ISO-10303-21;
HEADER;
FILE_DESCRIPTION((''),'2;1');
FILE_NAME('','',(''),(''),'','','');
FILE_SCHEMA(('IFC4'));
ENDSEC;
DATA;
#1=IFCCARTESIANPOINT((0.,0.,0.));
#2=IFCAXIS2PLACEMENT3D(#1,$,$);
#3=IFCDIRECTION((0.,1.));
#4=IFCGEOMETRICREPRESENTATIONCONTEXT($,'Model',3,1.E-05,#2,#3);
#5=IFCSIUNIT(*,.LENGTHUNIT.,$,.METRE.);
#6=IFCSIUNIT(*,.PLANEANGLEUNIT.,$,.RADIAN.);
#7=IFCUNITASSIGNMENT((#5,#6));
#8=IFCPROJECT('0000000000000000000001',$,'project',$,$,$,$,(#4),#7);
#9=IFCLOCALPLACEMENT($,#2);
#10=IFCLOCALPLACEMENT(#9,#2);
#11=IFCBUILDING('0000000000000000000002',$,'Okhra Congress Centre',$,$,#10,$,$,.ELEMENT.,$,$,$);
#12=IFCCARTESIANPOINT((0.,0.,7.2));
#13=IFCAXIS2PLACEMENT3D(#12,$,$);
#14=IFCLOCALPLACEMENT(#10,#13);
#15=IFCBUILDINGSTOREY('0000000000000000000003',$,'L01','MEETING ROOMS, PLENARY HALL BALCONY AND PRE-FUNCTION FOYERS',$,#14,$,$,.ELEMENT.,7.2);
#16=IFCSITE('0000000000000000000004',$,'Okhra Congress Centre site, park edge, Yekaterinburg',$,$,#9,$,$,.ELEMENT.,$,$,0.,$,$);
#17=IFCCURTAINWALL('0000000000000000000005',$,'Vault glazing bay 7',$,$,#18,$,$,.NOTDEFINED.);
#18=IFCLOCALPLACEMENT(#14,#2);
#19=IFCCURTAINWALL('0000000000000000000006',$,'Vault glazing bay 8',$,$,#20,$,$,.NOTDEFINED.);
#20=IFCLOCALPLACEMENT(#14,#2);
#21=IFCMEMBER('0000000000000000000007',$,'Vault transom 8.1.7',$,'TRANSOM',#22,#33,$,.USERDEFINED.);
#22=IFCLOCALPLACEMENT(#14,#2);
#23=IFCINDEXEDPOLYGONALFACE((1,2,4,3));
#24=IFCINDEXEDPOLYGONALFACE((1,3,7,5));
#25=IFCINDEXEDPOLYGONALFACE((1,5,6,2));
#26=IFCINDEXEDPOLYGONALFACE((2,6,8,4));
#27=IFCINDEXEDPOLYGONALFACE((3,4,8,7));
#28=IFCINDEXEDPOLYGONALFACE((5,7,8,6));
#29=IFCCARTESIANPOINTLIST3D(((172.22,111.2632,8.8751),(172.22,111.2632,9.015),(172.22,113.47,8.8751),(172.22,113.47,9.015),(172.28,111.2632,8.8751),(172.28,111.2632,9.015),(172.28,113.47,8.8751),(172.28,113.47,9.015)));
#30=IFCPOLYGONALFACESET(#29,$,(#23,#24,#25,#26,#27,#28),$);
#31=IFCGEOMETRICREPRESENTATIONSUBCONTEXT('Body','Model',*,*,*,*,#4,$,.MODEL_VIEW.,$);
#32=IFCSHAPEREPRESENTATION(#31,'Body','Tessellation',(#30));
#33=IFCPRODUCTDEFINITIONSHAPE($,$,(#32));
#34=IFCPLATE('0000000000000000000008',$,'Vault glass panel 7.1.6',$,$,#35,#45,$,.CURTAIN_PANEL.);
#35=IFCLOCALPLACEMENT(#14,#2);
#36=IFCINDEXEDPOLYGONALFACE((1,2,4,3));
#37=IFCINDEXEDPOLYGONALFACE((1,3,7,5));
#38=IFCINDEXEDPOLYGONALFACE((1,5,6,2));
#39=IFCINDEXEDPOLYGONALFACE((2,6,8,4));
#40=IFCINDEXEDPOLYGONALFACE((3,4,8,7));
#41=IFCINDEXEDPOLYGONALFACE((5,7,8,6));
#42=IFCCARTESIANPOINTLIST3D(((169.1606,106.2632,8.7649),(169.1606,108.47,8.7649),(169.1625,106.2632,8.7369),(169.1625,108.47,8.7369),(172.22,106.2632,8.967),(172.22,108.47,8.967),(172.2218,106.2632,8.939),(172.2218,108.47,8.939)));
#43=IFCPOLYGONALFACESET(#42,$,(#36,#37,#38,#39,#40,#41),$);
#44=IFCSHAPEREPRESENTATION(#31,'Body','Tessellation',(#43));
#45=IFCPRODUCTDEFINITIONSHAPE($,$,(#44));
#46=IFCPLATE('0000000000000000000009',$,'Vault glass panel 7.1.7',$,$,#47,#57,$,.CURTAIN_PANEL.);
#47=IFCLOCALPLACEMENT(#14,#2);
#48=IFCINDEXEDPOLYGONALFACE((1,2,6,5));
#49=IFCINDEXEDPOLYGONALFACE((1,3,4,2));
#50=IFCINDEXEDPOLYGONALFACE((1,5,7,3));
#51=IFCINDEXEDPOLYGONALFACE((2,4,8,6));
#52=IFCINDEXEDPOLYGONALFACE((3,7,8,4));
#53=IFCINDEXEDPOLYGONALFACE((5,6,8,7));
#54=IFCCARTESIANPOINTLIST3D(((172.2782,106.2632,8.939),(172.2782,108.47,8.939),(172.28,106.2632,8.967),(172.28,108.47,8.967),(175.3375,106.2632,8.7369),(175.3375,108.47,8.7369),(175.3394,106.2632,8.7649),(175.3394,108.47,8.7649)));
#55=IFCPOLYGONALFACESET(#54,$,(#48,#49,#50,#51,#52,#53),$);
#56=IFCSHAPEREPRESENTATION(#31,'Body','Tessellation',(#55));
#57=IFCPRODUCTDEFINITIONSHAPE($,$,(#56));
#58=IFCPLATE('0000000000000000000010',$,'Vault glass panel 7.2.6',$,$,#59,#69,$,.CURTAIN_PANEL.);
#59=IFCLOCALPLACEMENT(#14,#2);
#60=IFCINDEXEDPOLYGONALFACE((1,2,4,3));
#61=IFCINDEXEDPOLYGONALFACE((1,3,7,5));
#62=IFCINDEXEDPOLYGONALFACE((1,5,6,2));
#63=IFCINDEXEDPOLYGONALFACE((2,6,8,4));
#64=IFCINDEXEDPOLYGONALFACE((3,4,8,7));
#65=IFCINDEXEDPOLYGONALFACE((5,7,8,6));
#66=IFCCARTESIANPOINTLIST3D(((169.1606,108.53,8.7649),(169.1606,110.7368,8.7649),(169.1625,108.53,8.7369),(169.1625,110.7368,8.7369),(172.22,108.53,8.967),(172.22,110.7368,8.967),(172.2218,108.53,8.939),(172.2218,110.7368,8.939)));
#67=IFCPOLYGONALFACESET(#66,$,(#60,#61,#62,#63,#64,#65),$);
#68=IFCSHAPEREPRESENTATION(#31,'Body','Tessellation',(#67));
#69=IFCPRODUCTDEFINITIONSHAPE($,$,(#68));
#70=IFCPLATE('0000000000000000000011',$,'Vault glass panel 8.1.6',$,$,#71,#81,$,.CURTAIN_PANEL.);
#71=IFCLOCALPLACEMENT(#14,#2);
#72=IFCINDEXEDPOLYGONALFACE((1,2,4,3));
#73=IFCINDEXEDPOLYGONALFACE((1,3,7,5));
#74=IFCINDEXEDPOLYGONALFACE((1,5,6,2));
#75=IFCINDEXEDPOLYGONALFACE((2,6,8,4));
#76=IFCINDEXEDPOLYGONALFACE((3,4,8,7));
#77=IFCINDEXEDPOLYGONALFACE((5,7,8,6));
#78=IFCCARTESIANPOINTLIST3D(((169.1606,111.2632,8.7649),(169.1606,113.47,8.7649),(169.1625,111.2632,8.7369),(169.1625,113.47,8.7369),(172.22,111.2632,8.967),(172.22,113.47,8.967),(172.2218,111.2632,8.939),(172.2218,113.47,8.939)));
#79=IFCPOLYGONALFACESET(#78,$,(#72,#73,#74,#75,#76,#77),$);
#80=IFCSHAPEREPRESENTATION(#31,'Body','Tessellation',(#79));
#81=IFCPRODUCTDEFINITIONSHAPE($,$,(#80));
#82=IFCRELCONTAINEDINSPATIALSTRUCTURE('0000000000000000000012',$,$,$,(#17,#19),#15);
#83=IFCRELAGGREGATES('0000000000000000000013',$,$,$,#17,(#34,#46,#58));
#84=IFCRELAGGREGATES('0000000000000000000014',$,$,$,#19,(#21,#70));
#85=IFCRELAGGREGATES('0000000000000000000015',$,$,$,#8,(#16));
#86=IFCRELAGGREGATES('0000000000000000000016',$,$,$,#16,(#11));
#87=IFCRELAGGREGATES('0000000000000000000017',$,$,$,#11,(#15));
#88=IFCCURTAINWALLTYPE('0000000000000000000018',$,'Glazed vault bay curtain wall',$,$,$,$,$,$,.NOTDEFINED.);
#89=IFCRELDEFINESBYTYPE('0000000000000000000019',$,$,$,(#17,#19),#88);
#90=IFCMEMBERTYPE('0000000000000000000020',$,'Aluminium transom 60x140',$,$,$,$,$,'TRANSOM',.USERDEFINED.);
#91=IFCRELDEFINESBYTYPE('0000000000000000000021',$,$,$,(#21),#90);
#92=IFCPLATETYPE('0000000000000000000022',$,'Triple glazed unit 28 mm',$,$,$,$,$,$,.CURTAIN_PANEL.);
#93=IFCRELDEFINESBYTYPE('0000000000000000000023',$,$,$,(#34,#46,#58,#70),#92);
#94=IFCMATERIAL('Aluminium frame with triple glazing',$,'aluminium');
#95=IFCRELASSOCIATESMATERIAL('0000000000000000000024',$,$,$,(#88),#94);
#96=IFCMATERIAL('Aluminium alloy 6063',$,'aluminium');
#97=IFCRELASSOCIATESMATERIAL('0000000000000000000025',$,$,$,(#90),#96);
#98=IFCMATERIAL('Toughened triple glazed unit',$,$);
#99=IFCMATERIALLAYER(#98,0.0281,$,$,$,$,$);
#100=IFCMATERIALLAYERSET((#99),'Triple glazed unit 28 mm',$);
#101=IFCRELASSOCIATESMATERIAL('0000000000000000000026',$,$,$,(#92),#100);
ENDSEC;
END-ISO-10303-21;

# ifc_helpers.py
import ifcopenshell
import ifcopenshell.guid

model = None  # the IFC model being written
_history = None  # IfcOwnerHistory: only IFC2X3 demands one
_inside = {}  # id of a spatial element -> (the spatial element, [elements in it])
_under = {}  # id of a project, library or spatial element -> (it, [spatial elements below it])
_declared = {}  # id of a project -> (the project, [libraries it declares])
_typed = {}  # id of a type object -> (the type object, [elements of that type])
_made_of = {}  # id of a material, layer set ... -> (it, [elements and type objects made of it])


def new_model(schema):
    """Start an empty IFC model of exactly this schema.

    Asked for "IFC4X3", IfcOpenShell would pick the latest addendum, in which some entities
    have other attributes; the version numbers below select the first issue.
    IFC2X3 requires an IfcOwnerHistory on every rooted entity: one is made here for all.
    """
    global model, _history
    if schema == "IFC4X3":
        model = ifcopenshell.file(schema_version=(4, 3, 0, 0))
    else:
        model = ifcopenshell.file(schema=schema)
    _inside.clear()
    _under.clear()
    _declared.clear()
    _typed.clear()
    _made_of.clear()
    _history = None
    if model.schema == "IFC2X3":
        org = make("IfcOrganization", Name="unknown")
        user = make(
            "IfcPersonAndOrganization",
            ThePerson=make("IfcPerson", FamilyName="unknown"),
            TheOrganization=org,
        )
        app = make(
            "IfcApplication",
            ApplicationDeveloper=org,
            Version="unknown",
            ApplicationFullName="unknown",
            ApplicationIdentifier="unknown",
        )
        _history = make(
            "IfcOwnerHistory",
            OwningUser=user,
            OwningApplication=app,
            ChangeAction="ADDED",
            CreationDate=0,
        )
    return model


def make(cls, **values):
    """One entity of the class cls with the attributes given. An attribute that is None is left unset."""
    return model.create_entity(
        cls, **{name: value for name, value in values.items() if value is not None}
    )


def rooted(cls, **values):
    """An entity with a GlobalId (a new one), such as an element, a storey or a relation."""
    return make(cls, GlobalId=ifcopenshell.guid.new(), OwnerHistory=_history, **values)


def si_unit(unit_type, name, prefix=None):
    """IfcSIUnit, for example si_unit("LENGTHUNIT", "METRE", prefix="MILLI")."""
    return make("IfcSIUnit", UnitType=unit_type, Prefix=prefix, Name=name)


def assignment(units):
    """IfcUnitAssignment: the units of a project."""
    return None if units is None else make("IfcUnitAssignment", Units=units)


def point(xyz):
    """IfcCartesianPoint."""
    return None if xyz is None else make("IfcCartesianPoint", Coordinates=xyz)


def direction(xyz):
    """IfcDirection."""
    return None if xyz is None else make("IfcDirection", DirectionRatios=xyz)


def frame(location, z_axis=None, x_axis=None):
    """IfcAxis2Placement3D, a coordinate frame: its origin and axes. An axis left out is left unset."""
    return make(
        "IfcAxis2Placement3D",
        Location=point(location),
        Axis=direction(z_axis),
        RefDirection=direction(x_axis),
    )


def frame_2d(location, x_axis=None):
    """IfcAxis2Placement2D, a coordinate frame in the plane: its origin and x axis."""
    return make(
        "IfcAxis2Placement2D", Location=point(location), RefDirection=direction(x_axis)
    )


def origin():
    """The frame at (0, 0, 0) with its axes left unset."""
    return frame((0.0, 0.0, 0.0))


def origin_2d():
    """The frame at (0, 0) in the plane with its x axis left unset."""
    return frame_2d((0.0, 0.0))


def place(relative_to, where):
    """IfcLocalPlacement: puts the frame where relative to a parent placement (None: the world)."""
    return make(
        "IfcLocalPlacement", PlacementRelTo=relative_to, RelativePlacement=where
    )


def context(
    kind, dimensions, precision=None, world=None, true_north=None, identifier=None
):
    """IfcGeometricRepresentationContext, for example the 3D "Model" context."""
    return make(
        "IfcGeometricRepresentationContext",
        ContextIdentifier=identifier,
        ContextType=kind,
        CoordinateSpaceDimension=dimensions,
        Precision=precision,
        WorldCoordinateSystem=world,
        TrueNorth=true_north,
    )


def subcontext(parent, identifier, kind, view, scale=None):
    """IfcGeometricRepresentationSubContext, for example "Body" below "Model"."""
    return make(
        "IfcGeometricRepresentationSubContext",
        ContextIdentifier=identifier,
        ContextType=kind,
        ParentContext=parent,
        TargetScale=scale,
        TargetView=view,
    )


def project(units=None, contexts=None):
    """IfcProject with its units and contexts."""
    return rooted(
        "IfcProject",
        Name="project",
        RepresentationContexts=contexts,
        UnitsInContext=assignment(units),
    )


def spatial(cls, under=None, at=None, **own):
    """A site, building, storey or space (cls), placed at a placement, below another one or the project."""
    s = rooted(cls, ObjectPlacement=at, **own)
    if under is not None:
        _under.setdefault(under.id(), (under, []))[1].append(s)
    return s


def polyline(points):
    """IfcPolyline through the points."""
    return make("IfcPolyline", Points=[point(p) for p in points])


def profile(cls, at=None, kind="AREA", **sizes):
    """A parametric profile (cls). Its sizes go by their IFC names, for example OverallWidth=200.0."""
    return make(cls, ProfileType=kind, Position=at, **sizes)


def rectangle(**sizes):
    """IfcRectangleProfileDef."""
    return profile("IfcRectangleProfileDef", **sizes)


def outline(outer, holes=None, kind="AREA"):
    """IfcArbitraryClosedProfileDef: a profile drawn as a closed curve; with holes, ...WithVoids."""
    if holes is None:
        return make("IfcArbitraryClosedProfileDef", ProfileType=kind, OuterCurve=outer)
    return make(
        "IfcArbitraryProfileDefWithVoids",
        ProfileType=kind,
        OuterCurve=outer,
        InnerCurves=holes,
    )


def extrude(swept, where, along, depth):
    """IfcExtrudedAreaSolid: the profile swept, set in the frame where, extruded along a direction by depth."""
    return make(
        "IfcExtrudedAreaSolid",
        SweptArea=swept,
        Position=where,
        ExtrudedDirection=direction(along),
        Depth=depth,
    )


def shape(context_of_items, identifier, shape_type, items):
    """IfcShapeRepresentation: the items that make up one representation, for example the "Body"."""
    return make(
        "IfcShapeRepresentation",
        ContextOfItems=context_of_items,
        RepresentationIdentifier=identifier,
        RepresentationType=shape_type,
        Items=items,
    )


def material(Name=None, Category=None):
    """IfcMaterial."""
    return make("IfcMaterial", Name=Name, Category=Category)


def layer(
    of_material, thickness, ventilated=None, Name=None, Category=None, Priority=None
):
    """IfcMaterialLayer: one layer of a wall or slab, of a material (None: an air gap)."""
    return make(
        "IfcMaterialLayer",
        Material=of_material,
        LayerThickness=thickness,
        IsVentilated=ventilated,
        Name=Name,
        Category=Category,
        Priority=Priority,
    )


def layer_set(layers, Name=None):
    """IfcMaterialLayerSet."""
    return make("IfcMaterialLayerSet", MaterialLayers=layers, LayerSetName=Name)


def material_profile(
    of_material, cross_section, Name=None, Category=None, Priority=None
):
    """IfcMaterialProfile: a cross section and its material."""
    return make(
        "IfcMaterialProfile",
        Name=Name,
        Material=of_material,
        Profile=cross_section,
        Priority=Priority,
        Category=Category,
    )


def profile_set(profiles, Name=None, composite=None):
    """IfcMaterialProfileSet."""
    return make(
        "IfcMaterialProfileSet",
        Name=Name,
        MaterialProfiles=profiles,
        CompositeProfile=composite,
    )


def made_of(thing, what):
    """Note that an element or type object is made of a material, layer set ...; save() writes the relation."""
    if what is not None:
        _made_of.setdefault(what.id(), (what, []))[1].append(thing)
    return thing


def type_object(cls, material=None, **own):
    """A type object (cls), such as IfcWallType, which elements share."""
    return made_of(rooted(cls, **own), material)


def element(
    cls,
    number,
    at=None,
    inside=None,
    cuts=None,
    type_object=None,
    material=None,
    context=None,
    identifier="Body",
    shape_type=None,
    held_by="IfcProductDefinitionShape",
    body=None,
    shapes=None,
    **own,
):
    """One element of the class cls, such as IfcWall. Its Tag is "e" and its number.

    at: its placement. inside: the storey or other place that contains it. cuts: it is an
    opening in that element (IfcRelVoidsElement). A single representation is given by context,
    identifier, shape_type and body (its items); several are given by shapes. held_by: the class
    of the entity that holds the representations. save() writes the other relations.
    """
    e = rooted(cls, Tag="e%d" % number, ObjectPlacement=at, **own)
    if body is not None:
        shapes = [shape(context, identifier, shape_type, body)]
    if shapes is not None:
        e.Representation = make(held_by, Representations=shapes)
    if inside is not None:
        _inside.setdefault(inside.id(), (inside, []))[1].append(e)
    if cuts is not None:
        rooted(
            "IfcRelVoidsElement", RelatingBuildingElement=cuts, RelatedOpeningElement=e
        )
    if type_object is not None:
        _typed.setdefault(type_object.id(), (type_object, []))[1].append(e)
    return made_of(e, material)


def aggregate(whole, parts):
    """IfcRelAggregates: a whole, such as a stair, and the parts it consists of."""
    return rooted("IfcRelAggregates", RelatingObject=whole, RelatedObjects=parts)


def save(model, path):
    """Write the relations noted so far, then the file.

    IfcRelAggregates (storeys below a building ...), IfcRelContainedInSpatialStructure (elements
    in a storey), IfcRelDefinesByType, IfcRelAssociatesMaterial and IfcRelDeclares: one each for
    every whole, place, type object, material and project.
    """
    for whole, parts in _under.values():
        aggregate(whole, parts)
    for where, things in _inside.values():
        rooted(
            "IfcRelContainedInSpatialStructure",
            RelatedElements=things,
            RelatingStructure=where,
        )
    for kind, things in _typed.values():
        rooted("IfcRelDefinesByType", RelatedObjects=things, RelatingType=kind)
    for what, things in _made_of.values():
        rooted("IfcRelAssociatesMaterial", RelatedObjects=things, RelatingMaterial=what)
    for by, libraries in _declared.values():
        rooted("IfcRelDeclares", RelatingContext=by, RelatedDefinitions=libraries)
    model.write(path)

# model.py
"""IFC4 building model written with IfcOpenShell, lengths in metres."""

from ifc_helpers import new_model, si_unit, direction, frame, origin, origin_2d, place, context, subcontext, project, spatial, polyline, rectangle, outline, extrude, material, layer, layer_set, material_profile, profile_set, type_object, element, aggregate, save


model = new_model("IFC4")

# Units and contexts
model_context = context("Model", 3, precision=1e-05, world=origin(), true_north=direction((0.0, 1.0)))
body_context = subcontext(model_context, "Body", "Model", "MODEL_VIEW")
ifc_project = project(units=[si_unit("LENGTHUNIT", "METRE"), si_unit("PLANEANGLEUNIT", "RADIAN")], contexts=[model_context])

# Site, building, storey
site_placement = place(None, origin())
site = spatial("IfcSite", under=ifc_project, at=site_placement, Name="Okhra Congress Centre site, park edge, Yekaterinburg", CompositionType="ELEMENT", RefElevation=0.0)
building_placement = place(site_placement, origin())
building = spatial("IfcBuilding", under=site, at=building_placement, Name="Okhra Congress Centre", CompositionType="ELEMENT")
storey_placement = place(building_placement, frame((0.0, 0.0, 7.2)))
storey = spatial("IfcBuildingStorey", under=building, at=storey_placement, Name="L01", Description="MEETING ROOMS, PLENARY HALL BALCONY AND PRE-FUNCTION FOYERS", CompositionType="ELEMENT", Elevation=7.2)

# Curtain walls
ifc_material_1 = material(Name="Aluminium frame with triple glazing", Category="aluminium")
curtain_wall_type = type_object("IfcCurtainWallType", Name="Glazed vault bay curtain wall", PredefinedType="NOTDEFINED", material=ifc_material_1)
ifc_material_2 = material(Name="Aluminium alloy 6063", Category="aluminium")
curtain_wall_1_placement = place(storey_placement, origin())
curtain_wall_1 = element("IfcCurtainWall", 1, at=curtain_wall_1_placement, inside=storey, type_object=curtain_wall_type, Name="Vault glazing bay 7", PredefinedType="NOTDEFINED")
curtain_wall_2_placement = place(storey_placement, origin())
curtain_wall_2 = element("IfcCurtainWall", 2, at=curtain_wall_2_placement, inside=storey, type_object=curtain_wall_type, Name="Vault glazing bay 8", PredefinedType="NOTDEFINED")

# Member
ifc_material_profile_1 = material_profile(ifc_material_2, rectangle(XDim=0.0601, YDim=0.1399, at=origin_2d()), Name="AL 60x140 transom")
ifc_profile_set_1 = profile_set([ifc_material_profile_1], Name="Aluminium alloy 6063")
member_type_1 = type_object("IfcMemberType", Name="Aluminium transom 60x140", ElementType="TRANSOM", PredefinedType="USERDEFINED", material=ifc_profile_set_1)
member_1_placement = place(storey_placement, frame((172.25, 111.2632, 8.9451), z_axis=(0.0, 1.0, 0.0), x_axis=(-1.0, 0.0, 0.0)))
member_1 = element("IfcMember", 3, at=member_1_placement, type_object=member_type_1, Name="Vault transom 8.1.7", ObjectType="TRANSOM", PredefinedType="USERDEFINED", context=body_context, shape_type="SweptSolid", body=[
    extrude(rectangle(XDim=0.0601, YDim=0.1399, at=origin_2d()), origin(), (0.0, 0.0, 1.0), 2.2068),
])

# Plates
ifc_material_3 = material(Name="Toughened triple glazed unit")
ifc_layer = layer(ifc_material_3, 0.0281)
ifc_layer_set = layer_set([ifc_layer], Name="Triple glazed unit 28 mm")
plate_type = type_object("IfcPlateType", Name="Triple glazed unit 28 mm", PredefinedType="CURTAIN_PANEL", material=ifc_layer_set)
plate_1_placement = place(storey_placement, frame((169.1606, 106.2632, 8.7649), z_axis=(-0.065932, 0.0, 0.997824), x_axis=(0.997824, 0.0, 0.065932)))
plate_1 = element("IfcPlate", 4, at=plate_1_placement, type_object=plate_type, Name="Vault glass panel 7.1.6", PredefinedType="CURTAIN_PANEL", context=body_context, shape_type="SweptSolid", body=[
    extrude(outline(polyline([(0.0, 0.0), (3.066, 0.0), (3.066, 2.2068), (0.0, 2.2068), (0.0, 0.0)])), origin(), (0.0, 0.0, -1.0), 0.0281),
])
plate_2_placement = place(storey_placement, frame((172.28, 106.2632, 8.967), z_axis=(0.065932, 0.0, 0.997824), x_axis=(0.997824, 0.0, -0.065932)))
plate_2 = element("IfcPlate", 5, at=plate_2_placement, type_object=plate_type, Name="Vault glass panel 7.1.7", PredefinedType="CURTAIN_PANEL", context=body_context, shape_type="SweptSolid", body=[
    extrude(outline(polyline([(0.0, 0.0), (3.066, 0.0), (3.066, 2.2068), (0.0, 2.2068), (0.0, 0.0)])), origin(), (0.0, 0.0, -1.0), 0.0281),
])
plate_3_placement = place(storey_placement, frame((169.1606, 108.53, 8.7649), z_axis=(-0.065932, 0.0, 0.997824), x_axis=(0.997824, 0.0, 0.065932)))
plate_3 = element("IfcPlate", 6, at=plate_3_placement, type_object=plate_type, Name="Vault glass panel 7.2.6", PredefinedType="CURTAIN_PANEL", context=body_context, shape_type="SweptSolid", body=[
    extrude(outline(polyline([(0.0, 0.0), (3.066, 0.0), (3.066, 2.2068), (0.0, 2.2068), (0.0, 0.0)])), origin(), (0.0, 0.0, -1.0), 0.0281),
])
aggregate(curtain_wall_1, [plate_1, plate_2, plate_3])
plate_4_placement = place(storey_placement, frame((169.1606, 111.2632, 8.7649), z_axis=(-0.065932, 0.0, 0.997824), x_axis=(0.997824, 0.0, 0.065932)))
plate_4 = element("IfcPlate", 7, at=plate_4_placement, type_object=plate_type, Name="Vault glass panel 8.1.6", PredefinedType="CURTAIN_PANEL", context=body_context, shape_type="SweptSolid", body=[
    extrude(outline(polyline([(0.0, 0.0), (3.066, 0.0), (3.066, 2.2068), (0.0, 2.2068), (0.0, 0.0)])), origin(), (0.0, 0.0, -1.0), 0.0281),
])
aggregate(curtain_wall_2, [member_1, plate_4])

save(model, "model.ifc")
